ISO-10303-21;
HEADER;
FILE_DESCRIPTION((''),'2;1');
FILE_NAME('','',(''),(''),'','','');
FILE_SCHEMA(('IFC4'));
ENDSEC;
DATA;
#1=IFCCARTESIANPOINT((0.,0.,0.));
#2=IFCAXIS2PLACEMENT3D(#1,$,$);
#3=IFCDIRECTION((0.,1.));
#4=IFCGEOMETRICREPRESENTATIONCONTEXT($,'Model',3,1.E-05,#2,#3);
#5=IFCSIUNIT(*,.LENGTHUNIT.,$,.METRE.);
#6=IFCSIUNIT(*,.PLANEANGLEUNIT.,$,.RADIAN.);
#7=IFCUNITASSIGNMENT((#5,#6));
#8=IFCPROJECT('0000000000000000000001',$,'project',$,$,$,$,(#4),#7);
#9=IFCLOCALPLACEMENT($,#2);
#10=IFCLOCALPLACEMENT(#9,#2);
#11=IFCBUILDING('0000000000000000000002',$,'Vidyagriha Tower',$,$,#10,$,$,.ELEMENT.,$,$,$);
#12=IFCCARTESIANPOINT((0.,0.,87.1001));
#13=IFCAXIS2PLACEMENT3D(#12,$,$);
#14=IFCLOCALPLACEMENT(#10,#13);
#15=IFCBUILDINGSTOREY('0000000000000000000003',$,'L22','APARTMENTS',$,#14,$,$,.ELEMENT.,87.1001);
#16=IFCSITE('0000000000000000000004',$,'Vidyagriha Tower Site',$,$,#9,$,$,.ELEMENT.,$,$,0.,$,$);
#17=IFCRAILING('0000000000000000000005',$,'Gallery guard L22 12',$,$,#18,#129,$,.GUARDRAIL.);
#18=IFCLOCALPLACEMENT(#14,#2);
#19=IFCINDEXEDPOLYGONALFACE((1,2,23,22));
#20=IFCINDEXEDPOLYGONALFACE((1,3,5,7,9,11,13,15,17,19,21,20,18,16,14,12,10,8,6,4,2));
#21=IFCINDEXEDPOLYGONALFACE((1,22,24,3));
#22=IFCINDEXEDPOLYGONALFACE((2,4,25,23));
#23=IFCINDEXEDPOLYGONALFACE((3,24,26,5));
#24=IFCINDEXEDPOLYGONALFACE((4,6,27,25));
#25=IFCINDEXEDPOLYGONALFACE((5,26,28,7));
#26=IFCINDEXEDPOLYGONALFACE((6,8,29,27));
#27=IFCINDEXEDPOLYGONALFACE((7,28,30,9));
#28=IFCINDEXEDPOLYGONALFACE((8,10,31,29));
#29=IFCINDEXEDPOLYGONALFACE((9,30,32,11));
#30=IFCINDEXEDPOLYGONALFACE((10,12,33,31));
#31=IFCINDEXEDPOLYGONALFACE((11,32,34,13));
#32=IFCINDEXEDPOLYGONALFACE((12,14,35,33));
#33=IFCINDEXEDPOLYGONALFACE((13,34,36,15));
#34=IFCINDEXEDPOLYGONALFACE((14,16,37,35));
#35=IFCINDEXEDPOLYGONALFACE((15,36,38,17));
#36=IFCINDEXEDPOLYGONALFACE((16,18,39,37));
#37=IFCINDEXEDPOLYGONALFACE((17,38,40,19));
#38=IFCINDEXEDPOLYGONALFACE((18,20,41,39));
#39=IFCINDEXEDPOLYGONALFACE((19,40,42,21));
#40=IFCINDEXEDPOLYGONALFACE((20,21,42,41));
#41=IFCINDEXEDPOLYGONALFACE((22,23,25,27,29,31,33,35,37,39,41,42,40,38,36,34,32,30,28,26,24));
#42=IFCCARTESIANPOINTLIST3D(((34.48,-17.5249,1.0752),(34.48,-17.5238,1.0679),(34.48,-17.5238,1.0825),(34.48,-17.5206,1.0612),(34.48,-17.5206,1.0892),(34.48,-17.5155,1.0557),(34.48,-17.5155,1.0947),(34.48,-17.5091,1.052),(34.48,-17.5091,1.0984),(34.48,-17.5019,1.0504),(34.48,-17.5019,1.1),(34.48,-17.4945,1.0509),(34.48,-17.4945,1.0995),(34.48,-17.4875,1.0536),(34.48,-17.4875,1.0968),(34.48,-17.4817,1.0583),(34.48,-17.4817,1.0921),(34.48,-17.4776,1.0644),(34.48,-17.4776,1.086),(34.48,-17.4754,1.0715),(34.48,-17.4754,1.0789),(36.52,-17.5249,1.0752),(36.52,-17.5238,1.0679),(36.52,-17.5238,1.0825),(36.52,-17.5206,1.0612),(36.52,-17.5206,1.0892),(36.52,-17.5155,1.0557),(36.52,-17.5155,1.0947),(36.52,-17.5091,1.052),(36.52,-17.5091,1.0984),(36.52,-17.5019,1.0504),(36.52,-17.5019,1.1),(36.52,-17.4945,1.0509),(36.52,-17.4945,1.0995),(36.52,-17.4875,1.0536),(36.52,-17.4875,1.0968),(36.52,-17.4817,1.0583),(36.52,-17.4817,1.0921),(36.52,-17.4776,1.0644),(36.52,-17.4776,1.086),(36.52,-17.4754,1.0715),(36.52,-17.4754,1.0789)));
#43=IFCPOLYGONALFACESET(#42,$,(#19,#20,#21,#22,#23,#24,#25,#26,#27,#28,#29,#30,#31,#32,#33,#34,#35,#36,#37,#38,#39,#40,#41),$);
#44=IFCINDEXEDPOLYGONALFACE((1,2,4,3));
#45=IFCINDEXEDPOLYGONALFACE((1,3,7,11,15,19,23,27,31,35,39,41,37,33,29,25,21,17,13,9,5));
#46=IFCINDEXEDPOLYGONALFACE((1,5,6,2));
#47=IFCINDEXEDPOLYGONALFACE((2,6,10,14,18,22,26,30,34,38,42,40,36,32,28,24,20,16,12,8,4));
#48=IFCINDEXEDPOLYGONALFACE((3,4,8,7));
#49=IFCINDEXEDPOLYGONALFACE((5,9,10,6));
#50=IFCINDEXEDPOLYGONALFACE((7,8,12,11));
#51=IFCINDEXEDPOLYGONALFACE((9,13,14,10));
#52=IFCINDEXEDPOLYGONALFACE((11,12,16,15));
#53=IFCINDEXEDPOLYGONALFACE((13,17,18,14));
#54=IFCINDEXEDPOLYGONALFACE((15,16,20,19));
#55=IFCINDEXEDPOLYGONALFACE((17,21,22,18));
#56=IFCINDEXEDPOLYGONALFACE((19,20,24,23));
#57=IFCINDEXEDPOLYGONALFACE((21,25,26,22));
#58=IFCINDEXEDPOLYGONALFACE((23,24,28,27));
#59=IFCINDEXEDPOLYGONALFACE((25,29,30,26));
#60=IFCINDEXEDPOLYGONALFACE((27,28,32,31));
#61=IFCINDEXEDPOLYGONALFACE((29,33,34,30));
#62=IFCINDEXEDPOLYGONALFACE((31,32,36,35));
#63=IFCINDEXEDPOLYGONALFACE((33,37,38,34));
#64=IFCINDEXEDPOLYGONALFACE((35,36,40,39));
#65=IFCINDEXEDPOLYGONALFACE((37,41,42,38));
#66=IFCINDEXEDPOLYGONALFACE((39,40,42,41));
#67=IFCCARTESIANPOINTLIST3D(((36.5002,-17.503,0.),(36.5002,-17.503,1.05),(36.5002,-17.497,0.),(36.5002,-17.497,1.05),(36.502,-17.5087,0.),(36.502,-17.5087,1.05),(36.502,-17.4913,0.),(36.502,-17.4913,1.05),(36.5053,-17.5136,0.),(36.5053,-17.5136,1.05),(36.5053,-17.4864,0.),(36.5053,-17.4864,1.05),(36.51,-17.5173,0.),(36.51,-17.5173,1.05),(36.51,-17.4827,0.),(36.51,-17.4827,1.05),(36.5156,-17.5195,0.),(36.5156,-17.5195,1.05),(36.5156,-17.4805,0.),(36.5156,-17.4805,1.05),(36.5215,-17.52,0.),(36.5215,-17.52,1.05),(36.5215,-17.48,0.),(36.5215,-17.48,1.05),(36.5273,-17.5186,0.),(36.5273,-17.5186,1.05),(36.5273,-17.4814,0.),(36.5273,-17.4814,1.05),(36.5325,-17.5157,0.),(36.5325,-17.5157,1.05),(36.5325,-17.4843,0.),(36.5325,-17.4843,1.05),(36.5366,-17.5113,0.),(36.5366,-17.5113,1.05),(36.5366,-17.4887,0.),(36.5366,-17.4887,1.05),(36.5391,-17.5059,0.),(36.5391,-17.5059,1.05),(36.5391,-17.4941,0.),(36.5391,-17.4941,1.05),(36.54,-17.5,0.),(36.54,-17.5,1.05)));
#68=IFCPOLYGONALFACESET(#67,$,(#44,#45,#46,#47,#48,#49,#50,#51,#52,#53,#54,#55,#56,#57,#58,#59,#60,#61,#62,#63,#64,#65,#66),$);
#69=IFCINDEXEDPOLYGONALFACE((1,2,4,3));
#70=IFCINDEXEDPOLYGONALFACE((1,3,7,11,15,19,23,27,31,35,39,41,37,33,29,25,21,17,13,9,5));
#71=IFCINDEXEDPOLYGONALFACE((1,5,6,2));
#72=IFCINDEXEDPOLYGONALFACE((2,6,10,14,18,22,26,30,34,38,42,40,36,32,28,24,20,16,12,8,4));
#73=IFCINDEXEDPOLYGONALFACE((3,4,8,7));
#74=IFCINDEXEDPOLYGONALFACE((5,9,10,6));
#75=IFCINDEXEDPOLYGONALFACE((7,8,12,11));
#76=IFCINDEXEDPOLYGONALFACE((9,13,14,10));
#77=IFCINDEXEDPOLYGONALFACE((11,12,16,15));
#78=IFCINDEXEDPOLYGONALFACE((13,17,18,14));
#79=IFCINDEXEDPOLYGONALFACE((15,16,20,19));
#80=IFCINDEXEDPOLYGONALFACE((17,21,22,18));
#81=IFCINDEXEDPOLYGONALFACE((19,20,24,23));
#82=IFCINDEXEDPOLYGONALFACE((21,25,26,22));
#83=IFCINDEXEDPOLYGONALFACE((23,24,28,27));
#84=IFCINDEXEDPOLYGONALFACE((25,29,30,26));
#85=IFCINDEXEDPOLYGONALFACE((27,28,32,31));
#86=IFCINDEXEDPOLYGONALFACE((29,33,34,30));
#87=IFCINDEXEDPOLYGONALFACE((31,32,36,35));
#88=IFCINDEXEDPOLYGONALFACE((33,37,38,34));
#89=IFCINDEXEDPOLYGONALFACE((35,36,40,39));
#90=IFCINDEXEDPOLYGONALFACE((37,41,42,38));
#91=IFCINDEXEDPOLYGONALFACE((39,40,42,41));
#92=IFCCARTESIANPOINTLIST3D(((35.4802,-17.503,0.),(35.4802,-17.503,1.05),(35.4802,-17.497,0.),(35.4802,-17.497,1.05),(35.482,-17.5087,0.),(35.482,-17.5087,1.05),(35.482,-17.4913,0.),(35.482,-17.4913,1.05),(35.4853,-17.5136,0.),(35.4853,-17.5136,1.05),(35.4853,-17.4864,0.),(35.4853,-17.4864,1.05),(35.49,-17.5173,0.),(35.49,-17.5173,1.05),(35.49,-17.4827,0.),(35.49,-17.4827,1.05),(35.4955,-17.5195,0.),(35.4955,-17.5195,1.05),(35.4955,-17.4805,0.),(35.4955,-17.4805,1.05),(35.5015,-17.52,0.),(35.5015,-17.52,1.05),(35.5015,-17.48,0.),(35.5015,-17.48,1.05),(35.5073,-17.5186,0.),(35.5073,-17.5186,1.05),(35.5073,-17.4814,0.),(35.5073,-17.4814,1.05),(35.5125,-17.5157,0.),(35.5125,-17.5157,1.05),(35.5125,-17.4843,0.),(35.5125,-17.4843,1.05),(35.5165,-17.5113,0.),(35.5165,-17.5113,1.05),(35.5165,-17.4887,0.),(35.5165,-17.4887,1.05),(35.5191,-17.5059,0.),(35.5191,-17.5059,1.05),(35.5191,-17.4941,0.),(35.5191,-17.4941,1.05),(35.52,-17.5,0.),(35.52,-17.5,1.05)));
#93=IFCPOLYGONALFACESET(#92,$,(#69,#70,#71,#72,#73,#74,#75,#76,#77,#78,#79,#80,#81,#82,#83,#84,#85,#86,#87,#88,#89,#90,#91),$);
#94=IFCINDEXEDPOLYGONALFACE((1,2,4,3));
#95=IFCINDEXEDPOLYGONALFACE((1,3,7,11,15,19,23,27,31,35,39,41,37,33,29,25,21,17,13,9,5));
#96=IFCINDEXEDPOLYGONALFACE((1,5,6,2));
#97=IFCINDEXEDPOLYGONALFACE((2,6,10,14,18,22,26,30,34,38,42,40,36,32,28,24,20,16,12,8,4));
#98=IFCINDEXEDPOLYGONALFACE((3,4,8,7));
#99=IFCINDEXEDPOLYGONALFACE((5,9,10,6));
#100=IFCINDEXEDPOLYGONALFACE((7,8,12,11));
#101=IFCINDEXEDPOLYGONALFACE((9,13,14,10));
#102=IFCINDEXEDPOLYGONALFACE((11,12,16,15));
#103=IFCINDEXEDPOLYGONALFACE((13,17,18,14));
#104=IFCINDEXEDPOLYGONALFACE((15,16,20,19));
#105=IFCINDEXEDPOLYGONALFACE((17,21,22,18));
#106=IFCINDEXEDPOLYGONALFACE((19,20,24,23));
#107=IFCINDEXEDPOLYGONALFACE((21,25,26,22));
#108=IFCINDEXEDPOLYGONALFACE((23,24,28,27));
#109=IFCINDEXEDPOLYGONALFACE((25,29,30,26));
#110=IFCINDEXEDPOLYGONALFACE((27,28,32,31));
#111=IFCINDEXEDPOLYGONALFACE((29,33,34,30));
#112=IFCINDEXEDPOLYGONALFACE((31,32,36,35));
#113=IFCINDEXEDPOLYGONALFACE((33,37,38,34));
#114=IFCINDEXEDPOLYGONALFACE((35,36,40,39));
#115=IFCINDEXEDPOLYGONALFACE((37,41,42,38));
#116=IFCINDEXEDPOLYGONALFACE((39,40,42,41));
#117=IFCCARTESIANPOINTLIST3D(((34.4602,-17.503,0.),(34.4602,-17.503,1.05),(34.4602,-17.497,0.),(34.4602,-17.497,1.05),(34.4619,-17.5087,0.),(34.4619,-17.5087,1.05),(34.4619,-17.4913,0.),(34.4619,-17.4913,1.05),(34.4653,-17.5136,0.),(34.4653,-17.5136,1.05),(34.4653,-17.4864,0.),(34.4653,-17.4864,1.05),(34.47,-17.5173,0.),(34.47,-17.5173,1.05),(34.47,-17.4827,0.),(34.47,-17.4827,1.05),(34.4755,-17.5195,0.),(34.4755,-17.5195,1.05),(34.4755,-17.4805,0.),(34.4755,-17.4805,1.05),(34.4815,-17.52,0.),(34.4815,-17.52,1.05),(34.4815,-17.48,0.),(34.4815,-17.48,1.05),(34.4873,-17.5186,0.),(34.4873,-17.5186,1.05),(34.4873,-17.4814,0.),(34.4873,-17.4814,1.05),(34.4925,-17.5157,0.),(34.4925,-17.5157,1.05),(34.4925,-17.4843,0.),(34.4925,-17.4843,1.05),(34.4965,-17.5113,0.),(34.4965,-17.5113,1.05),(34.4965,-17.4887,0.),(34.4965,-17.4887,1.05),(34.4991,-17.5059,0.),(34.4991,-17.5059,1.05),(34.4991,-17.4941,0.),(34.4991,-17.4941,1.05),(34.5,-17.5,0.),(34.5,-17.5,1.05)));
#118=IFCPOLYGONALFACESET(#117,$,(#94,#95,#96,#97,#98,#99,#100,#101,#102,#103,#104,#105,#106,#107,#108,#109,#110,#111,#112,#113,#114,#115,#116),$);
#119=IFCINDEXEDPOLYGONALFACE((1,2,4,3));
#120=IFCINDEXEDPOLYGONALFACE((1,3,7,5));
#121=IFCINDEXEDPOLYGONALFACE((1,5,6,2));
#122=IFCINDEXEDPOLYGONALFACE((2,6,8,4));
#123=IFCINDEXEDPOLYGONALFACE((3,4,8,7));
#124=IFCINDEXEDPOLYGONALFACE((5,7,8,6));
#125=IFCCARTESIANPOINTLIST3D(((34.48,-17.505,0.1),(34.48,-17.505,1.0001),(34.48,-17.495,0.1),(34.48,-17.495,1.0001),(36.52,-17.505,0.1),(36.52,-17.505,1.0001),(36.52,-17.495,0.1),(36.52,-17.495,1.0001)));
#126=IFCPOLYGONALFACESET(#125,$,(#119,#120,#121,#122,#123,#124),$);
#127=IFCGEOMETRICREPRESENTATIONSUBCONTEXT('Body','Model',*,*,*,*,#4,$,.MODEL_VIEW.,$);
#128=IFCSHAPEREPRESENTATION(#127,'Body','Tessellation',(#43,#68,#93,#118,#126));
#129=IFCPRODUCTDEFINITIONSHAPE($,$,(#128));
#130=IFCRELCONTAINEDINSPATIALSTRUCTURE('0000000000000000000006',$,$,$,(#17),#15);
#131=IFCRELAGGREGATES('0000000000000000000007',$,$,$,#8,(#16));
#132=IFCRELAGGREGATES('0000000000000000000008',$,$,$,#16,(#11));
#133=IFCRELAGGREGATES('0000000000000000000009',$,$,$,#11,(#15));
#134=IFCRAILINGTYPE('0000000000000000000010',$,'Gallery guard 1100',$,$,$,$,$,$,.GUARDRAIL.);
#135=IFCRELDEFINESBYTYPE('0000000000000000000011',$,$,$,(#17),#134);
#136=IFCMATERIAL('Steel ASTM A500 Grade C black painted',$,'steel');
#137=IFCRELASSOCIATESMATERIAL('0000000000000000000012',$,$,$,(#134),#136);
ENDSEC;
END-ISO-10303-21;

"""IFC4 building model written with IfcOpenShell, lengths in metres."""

from ifc_helpers import new_model, si_unit, direction, frame, origin, origin_2d, place, context, subcontext, project, spatial, rectangle, circle, extrude, material, type_object, element, save


model = new_model("IFC4")

# Units and contexts
model_context = context("Model", 3, precision=1e-05, world=origin(), true_north=direction((0.0, 1.0)))
body_context = subcontext(model_context, "Body", "Model", "MODEL_VIEW")
ifc_project = project(units=[si_unit("LENGTHUNIT", "METRE"), si_unit("PLANEANGLEUNIT", "RADIAN")], contexts=[model_context])

# Site, building, storey
site_placement = place(None, origin())
site = spatial("IfcSite", under=ifc_project, at=site_placement, Name="Vidyagriha Tower Site", CompositionType="ELEMENT", RefElevation=0.0)
building_placement = place(site_placement, origin())
building = spatial("IfcBuilding", under=site, at=building_placement, Name="Vidyagriha Tower", CompositionType="ELEMENT")
storey_placement = place(building_placement, frame((0.0, 0.0, 87.1001)))
storey = spatial("IfcBuildingStorey", under=building, at=storey_placement, Name="L22", Description="APARTMENTS", CompositionType="ELEMENT", Elevation=87.1001)

# Railing
ifc_material_1 = material(Name="Steel ASTM A500 Grade C black painted", Category="steel")
railing_type_1 = type_object("IfcRailingType", Name="Gallery guard 1100", PredefinedType="GUARDRAIL", material=ifc_material_1)
railing_1_placement = place(storey_placement, frame((36.52, -17.5, 0.0)))
element("IfcRailing", 1, at=railing_1_placement, inside=storey, type_object=railing_type_1, Name="Gallery guard L22 12", PredefinedType="GUARDRAIL", context=body_context, shape_type="SweptSolid", body=[
    extrude(circle(Radius=0.0249, at=origin_2d()), frame((0.0, 0.0, 1.0752), z_axis=(-1.0, 0.0, 0.0), x_axis=(0.0, -1.0, 0.0)), (0.0, 0.0, 1.0), 2.04),
    extrude(circle(Radius=0.02, at=origin_2d()), origin(), (0.0, 0.0, 1.0), 1.05),
    extrude(circle(Radius=0.02, at=origin_2d()), frame((-1.02, 0.0, 0.0)), (0.0, 0.0, 1.0), 1.05),
    extrude(circle(Radius=0.02, at=origin_2d()), frame((-2.04, 0.0, 0.0)), (0.0, 0.0, 1.0), 1.05),
    extrude(rectangle(XDim=0.01, YDim=0.9001, at=origin_2d()), frame((0.0, 0.0, 0.55), z_axis=(-1.0, 0.0, 0.0), x_axis=(0.0, -1.0, 0.0)), (0.0, 0.0, 1.0), 2.04),
])

save(model, "model.ifc")
